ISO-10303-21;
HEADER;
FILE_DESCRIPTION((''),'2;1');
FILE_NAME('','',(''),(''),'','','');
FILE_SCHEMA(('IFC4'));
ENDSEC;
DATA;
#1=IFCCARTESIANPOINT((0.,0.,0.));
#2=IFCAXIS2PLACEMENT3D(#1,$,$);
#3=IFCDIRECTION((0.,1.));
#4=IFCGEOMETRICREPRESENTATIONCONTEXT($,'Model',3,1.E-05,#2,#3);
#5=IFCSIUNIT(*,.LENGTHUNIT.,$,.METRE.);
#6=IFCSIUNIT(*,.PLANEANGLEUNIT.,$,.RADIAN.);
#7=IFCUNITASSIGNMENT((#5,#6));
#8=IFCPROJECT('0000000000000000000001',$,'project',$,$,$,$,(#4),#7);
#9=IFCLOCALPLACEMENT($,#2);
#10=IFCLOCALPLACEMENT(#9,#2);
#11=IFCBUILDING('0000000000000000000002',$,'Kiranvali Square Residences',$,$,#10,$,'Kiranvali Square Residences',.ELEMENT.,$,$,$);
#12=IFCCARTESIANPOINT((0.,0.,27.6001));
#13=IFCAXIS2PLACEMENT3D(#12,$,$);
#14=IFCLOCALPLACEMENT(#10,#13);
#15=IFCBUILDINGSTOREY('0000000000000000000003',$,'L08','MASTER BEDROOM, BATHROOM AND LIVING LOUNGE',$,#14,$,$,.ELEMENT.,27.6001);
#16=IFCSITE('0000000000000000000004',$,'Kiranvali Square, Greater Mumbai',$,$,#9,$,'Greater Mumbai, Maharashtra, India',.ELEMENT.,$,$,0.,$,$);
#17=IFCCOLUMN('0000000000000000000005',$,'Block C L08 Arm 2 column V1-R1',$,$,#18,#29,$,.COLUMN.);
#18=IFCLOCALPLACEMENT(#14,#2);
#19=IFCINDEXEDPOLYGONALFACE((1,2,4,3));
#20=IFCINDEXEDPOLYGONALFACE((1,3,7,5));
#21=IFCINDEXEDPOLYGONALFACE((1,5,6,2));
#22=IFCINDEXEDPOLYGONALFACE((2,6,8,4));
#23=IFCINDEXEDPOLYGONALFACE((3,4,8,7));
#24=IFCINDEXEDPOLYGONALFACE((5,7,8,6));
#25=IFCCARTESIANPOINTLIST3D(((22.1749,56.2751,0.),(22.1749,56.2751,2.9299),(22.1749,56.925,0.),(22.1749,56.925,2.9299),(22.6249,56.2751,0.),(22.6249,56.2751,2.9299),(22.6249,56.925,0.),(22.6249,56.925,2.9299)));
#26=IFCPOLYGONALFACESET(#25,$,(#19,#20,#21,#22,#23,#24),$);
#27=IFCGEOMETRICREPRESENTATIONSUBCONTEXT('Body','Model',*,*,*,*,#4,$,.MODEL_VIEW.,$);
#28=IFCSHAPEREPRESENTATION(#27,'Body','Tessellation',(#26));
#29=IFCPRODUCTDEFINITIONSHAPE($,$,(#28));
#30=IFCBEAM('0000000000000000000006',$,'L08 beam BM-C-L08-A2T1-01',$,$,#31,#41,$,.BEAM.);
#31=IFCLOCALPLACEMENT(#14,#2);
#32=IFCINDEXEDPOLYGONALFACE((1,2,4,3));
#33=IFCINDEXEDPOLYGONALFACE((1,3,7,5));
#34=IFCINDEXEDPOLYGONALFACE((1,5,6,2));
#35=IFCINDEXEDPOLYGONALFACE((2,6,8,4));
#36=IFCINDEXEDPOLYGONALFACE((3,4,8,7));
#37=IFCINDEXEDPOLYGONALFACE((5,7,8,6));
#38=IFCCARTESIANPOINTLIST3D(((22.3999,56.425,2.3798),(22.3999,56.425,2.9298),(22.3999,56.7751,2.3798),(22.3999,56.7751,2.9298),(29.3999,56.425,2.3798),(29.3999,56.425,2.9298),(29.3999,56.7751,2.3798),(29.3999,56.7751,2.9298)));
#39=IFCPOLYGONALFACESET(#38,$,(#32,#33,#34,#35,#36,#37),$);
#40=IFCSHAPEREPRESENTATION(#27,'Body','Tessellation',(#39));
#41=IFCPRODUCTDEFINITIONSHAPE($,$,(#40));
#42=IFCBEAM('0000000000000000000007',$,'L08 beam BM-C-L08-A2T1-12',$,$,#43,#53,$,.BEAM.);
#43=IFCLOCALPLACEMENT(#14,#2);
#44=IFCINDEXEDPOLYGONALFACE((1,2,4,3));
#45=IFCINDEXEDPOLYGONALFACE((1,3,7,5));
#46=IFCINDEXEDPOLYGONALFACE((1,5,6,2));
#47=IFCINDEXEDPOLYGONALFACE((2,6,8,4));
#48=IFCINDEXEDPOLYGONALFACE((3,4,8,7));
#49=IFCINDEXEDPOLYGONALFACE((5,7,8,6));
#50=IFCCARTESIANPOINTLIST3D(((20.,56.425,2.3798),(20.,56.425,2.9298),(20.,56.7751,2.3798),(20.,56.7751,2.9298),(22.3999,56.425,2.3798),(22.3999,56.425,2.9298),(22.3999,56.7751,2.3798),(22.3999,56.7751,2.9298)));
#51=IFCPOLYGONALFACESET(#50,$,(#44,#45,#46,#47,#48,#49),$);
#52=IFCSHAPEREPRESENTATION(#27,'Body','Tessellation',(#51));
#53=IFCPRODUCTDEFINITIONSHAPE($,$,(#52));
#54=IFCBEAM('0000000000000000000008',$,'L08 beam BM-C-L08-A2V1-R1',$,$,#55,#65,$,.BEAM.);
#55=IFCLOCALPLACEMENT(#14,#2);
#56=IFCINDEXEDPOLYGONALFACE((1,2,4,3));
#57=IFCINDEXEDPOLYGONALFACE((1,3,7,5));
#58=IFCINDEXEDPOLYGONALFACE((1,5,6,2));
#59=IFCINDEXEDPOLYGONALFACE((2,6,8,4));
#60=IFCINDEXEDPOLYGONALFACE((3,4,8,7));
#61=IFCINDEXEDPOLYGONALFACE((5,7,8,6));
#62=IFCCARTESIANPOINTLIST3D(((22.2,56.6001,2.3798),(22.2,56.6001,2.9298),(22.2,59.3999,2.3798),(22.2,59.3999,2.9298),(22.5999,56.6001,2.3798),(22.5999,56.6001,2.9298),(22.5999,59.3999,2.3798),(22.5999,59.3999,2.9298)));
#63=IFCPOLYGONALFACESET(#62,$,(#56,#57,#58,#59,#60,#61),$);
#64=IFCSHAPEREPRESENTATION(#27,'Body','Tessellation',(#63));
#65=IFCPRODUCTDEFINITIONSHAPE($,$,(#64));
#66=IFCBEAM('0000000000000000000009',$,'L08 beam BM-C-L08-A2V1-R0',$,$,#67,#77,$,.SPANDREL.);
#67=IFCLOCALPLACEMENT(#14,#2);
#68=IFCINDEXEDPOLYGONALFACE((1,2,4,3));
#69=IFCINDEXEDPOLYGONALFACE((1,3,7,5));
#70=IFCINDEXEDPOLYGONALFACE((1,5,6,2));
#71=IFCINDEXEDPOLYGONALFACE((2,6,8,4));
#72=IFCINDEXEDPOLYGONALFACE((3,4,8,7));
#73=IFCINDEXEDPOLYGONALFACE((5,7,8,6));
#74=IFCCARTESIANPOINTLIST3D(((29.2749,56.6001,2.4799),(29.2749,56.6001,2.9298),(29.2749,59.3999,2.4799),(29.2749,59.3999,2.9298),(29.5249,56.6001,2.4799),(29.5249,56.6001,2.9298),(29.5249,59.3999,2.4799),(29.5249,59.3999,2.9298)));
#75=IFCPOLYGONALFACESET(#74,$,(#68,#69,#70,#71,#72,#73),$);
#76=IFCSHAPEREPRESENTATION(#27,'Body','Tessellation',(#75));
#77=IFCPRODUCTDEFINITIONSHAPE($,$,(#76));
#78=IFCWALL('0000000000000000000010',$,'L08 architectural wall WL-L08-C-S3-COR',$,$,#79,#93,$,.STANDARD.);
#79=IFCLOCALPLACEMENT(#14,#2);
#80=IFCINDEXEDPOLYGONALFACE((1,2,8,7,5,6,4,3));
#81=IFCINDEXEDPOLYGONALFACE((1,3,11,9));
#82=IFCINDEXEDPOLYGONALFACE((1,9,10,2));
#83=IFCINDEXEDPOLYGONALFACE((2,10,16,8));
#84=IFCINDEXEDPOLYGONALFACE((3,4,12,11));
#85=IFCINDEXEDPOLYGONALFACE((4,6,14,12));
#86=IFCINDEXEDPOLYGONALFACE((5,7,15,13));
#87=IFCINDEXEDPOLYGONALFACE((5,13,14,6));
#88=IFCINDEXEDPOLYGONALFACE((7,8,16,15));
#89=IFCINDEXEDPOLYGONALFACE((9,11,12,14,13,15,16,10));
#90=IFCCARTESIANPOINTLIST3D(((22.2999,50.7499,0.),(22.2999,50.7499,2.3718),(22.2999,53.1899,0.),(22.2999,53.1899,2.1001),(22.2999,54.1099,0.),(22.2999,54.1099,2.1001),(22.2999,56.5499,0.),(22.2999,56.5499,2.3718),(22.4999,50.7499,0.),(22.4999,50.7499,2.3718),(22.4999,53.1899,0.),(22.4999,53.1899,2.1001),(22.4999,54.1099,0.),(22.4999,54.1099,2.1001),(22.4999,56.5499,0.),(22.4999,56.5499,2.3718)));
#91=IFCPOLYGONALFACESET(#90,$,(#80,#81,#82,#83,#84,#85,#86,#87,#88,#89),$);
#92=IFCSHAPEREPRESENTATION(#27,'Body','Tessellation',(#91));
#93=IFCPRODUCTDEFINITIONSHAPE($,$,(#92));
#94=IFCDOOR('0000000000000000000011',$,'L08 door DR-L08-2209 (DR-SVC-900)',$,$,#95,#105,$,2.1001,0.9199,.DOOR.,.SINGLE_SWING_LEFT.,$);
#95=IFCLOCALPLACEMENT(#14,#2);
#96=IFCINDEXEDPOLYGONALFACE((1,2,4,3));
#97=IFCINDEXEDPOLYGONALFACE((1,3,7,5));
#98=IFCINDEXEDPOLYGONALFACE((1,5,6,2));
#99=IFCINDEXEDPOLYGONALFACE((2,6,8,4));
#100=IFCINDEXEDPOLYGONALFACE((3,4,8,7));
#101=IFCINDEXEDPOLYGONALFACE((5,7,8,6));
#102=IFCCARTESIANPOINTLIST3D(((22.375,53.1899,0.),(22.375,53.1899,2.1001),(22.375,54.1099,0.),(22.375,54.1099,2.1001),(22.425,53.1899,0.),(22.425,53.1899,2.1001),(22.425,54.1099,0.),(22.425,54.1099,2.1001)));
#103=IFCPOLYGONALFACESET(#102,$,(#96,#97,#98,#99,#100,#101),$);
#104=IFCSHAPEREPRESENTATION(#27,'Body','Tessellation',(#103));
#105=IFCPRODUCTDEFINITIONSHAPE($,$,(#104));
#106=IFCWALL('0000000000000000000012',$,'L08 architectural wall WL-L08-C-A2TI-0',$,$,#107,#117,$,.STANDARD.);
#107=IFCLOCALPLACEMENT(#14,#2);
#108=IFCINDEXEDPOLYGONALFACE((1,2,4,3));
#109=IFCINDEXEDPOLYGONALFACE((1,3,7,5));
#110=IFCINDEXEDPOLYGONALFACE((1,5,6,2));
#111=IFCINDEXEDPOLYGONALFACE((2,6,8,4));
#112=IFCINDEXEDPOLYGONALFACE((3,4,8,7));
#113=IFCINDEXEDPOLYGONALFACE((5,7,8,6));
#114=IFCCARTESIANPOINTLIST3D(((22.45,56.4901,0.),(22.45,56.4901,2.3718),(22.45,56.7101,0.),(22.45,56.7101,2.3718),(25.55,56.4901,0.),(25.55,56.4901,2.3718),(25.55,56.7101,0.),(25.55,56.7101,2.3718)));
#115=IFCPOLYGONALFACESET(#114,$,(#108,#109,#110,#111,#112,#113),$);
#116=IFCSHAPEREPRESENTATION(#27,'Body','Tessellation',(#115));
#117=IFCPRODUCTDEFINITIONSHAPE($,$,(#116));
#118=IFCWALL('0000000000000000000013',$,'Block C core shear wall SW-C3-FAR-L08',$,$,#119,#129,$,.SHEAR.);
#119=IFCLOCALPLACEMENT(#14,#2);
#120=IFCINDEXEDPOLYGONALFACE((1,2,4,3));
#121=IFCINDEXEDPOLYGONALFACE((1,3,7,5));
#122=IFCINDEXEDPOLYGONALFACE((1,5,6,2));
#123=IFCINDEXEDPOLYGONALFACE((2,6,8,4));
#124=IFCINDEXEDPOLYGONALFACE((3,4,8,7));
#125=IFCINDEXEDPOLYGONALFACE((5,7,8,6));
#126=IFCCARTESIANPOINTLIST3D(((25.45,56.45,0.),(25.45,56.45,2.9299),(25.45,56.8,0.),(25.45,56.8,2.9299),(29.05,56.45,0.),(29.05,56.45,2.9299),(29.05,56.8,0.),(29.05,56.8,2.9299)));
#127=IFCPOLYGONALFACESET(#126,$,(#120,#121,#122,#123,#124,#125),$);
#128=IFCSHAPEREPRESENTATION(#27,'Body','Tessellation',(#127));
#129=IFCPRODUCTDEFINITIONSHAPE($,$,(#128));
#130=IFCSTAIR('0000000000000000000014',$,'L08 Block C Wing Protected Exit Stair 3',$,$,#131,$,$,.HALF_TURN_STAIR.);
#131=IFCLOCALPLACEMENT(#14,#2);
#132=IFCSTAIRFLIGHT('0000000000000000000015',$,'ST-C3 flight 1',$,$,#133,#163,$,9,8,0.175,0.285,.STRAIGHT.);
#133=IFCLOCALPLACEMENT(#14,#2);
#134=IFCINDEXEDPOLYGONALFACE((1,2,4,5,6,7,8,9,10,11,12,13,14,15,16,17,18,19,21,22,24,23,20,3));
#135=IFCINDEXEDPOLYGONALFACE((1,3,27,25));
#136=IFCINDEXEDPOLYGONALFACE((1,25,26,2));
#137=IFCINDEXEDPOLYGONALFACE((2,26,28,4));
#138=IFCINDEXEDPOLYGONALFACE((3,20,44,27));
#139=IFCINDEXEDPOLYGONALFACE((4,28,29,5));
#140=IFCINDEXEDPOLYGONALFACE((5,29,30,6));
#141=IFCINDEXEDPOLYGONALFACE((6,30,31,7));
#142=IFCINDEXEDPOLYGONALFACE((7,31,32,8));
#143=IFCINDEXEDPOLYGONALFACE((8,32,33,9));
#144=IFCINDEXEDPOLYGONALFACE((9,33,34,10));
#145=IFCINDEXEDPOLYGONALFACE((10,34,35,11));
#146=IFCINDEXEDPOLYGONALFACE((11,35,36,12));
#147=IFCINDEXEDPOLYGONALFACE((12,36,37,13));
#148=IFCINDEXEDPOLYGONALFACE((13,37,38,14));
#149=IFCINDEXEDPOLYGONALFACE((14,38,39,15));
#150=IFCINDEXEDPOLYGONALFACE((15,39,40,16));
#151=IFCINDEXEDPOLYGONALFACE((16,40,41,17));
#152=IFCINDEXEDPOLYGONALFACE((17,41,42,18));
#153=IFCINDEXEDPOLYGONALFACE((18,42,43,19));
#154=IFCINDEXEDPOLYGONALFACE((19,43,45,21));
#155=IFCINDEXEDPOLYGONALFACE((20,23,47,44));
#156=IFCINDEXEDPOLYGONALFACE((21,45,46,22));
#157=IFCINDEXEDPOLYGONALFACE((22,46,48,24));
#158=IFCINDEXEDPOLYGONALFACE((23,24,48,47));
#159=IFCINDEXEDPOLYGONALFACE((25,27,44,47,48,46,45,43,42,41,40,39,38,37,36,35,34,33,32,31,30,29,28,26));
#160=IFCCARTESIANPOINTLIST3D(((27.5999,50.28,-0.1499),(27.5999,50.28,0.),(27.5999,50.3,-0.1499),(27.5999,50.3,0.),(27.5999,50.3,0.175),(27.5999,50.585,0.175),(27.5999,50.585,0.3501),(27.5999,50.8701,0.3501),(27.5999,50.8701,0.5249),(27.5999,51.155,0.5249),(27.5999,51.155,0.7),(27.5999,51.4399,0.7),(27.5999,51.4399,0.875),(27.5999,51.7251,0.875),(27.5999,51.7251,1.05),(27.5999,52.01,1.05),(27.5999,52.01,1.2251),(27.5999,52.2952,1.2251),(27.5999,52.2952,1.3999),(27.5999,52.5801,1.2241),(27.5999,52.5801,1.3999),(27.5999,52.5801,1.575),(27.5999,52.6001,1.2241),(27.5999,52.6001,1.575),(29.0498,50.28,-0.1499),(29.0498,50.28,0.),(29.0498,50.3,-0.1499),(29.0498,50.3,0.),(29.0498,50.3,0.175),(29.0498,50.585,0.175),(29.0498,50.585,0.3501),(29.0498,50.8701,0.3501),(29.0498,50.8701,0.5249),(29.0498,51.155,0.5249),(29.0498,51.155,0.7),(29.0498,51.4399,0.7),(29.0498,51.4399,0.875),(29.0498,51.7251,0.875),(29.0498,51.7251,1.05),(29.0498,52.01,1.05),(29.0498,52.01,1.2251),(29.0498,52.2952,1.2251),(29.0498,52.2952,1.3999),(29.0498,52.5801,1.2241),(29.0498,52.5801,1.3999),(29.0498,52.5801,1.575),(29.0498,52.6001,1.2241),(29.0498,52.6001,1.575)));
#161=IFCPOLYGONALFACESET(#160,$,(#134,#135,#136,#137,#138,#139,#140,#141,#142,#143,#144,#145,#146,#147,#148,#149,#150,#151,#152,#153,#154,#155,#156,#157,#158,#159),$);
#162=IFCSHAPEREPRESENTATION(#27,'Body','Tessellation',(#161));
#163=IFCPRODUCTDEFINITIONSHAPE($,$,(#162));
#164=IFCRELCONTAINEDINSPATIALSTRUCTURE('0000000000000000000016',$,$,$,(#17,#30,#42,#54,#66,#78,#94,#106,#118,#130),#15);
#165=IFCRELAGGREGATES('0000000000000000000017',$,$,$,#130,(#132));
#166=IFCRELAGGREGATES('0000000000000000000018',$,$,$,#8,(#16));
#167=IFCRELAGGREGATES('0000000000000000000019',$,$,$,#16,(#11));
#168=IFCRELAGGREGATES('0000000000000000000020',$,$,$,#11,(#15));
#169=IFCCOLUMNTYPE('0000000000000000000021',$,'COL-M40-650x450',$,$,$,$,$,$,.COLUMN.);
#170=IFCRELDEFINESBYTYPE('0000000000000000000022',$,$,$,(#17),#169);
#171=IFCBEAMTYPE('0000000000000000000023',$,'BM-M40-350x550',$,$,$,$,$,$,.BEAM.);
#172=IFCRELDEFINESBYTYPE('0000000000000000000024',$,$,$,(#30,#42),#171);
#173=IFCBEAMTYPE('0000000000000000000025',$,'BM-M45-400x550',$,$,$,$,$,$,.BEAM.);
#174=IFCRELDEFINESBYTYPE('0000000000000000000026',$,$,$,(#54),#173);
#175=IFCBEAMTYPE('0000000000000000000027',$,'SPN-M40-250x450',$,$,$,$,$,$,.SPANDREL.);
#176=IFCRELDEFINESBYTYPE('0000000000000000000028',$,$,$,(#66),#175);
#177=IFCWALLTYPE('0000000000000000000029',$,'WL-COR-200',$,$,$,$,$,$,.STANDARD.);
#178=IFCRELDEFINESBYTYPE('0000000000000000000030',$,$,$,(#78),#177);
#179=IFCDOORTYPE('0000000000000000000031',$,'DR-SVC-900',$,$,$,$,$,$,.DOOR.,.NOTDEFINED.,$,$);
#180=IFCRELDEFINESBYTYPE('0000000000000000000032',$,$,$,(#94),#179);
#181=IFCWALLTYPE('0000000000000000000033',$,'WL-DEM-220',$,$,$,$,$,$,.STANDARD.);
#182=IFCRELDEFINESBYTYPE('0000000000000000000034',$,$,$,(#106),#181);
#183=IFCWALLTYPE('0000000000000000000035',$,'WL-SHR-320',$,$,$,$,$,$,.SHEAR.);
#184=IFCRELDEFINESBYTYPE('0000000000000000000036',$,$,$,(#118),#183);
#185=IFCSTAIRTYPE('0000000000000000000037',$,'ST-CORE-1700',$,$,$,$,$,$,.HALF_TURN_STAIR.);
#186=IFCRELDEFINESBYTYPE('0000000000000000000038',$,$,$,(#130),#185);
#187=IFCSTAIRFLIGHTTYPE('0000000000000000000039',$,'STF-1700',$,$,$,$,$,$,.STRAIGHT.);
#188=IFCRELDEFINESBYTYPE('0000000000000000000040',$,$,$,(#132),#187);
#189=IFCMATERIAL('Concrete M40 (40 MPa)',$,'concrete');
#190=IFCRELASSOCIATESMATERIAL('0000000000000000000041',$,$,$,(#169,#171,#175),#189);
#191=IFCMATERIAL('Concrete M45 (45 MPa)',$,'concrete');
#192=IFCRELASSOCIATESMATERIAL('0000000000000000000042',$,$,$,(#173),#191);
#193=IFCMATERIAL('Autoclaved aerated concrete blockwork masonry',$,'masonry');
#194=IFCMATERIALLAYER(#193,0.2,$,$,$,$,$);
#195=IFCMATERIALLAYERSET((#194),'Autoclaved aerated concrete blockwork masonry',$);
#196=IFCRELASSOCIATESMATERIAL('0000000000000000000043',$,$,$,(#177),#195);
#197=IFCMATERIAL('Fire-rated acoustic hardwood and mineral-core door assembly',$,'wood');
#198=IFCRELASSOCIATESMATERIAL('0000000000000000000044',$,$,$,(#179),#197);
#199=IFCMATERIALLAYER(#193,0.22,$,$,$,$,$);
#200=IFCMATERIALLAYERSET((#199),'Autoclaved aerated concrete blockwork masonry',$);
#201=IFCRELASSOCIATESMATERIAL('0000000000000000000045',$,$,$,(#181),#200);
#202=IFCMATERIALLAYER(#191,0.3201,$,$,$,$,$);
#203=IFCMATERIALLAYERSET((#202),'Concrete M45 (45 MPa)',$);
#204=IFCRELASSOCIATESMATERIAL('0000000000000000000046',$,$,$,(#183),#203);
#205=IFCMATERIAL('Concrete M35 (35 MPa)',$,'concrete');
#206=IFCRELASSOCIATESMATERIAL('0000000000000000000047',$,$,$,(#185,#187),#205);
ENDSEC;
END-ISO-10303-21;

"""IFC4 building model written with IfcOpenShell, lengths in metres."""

from ifc_helpers import new_model, si_unit, direction, frame, frame_2d, origin, origin_2d, place, context, subcontext, project, spatial, polyline, rectangle, outline, extrude, material, layer, layer_set, material_profile, profile_set, type_object, element, fill, aggregate, save


model = new_model("IFC4")

# Units and contexts
model_context = context("Model", 3, precision=1e-05, world=origin(), true_north=direction((0.0, 1.0)))
body_context = subcontext(model_context, "Body", "Model", "MODEL_VIEW")
ifc_project = project(units=[si_unit("LENGTHUNIT", "METRE"), si_unit("PLANEANGLEUNIT", "RADIAN")], contexts=[model_context])

# Site, building, storey
site_placement = place(None, origin())
site = spatial("IfcSite", under=ifc_project, at=site_placement, Name="Kiranvali Square, Greater Mumbai", LongName="Greater Mumbai, Maharashtra, India", CompositionType="ELEMENT", RefElevation=0.0)
building_placement = place(site_placement, origin())
building = spatial("IfcBuilding", under=site, at=building_placement, Name="Kiranvali Square Residences", LongName="Kiranvali Square Residences", CompositionType="ELEMENT")
storey_placement = place(building_placement, frame((0.0, 0.0, 27.6001)))
storey = spatial("IfcBuildingStorey", under=building, at=storey_placement, Name="L08", Description="MASTER BEDROOM, BATHROOM AND LIVING LOUNGE", CompositionType="ELEMENT", Elevation=27.6001)

# Column
ifc_material_1 = material(Name="Concrete M40 (40 MPa)", Category="concrete")
ifc_material_profile_1 = material_profile(ifc_material_1, rectangle(XDim=0.45, YDim=0.6499, at=origin_2d()), Name="RC 650x450")
ifc_profile_set_1 = profile_set([ifc_material_profile_1], Name="Concrete M40 (40 MPa)")
column_type = type_object("IfcColumnType", Name="COL-M40-650x450", PredefinedType="COLUMN", material=ifc_profile_set_1)
column_placement = place(storey_placement, frame((22.3999, 56.6001, 0.0), z_axis=(0.0, 0.0, 1.0), x_axis=(1.0, 0.0, 0.0)))
element("IfcColumn", 1, at=column_placement, inside=storey, type_object=column_type, Name="Block C L08 Arm 2 column V1-R1", PredefinedType="COLUMN", context=body_context, shape_type="SweptSolid", body=[
    extrude(rectangle(XDim=0.45, YDim=0.6499, at=origin_2d()), origin(), (0.0, 0.0, 1.0), 2.9299),
])

# Beams
ifc_material_profile_2 = material_profile(ifc_material_1, rectangle(XDim=0.3501, YDim=0.55, at=origin_2d()), Name="RC 350x550")
ifc_profile_set_2 = profile_set([ifc_material_profile_2], Name="Concrete M40 (40 MPa)")
beam_type_1 = type_object("IfcBeamType", Name="BM-M40-350x550", PredefinedType="BEAM", material=ifc_profile_set_2)
beam_1_placement = place(storey_placement, frame((29.3999, 56.6001, 2.6548), z_axis=(-1.0, 0.0, 0.0), x_axis=(0.0, -1.0, 0.0)))
element("IfcBeam", 2, at=beam_1_placement, inside=storey, type_object=beam_type_1, Name="L08 beam BM-C-L08-A2T1-01", PredefinedType="BEAM", context=body_context, shape_type="SweptSolid", body=[
    extrude(rectangle(XDim=0.3501, YDim=0.55, at=origin_2d()), origin(), (0.0, 0.0, 1.0), 7.0),
])
beam_2_placement = place(storey_placement, frame((22.3999, 56.6001, 2.6548), z_axis=(-1.0, 0.0, 0.0), x_axis=(0.0, -1.0, 0.0)))
element("IfcBeam", 3, at=beam_2_placement, inside=storey, type_object=beam_type_1, Name="L08 beam BM-C-L08-A2T1-12", PredefinedType="BEAM", context=body_context, shape_type="SweptSolid", body=[
    extrude(rectangle(XDim=0.3501, YDim=0.55, at=origin_2d()), origin(), (0.0, 0.0, 1.0), 2.3999),
])
ifc_material_2 = material(Name="Concrete M45 (45 MPa)", Category="concrete")
ifc_material_profile_3 = material_profile(ifc_material_2, rectangle(XDim=0.3999, YDim=0.55, at=origin_2d()), Name="RC 400x550")
ifc_profile_set_3 = profile_set([ifc_material_profile_3], Name="Concrete M45 (45 MPa)")
beam_type_2 = type_object("IfcBeamType", Name="BM-M45-400x550", PredefinedType="BEAM", material=ifc_profile_set_3)
beam_3_placement = place(storey_placement, frame((22.3999, 56.6001, 2.6548), z_axis=(0.0, 1.0, 0.0), x_axis=(-1.0, 0.0, 0.0)))
element("IfcBeam", 4, at=beam_3_placement, inside=storey, type_object=beam_type_2, Name="L08 beam BM-C-L08-A2V1-R1", PredefinedType="BEAM", context=body_context, shape_type="SweptSolid", body=[
    extrude(rectangle(XDim=0.3999, YDim=0.55, at=origin_2d()), origin(), (0.0, 0.0, 1.0), 2.7998),
])
ifc_material_profile_4 = material_profile(ifc_material_1, rectangle(XDim=0.25, YDim=0.45, at=origin_2d()), Name="RC 250x450")
ifc_profile_set_4 = profile_set([ifc_material_profile_4], Name="Concrete M40 (40 MPa)")
beam_type_3 = type_object("IfcBeamType", Name="SPN-M40-250x450", PredefinedType="SPANDREL", material=ifc_profile_set_4)
beam_4_placement = place(storey_placement, frame((29.3999, 56.6001, 2.7048), z_axis=(0.0, 1.0, 0.0), x_axis=(-1.0, 0.0, 0.0)))
element("IfcBeam", 5, at=beam_4_placement, inside=storey, type_object=beam_type_3, Name="L08 beam BM-C-L08-A2V1-R0", PredefinedType="SPANDREL", context=body_context, shape_type="SweptSolid", body=[
    extrude(rectangle(XDim=0.25, YDim=0.45, at=origin_2d()), origin(), (0.0, 0.0, 1.0), 2.7998),
])

# Wall, opening, door
ifc_material_3 = material(Name="Autoclaved aerated concrete blockwork masonry", Category="masonry")
ifc_layer_1 = layer(ifc_material_3, 0.2)
ifc_layer_set_1 = layer_set([ifc_layer_1], Name="Autoclaved aerated concrete blockwork masonry")
wall_type_1 = type_object("IfcWallType", Name="WL-COR-200", PredefinedType="STANDARD", material=ifc_layer_set_1)
ifc_material_4 = material(Name="Fire-rated acoustic hardwood and mineral-core door assembly", Category="wood")
wall_1_placement = place(storey_placement, frame((22.3999, 50.75, 0.0), z_axis=(0.0, 0.0, 1.0), x_axis=(0.0, 1.0, 0.0)))
wall_1 = element("IfcWall", 6, at=wall_1_placement, inside=storey, type_object=wall_type_1, Name="L08 architectural wall WL-L08-C-S3-COR", PredefinedType="STANDARD", context=body_context, shape_type="SweptSolid", body=[
    extrude(rectangle(XDim=5.8, YDim=0.2, at=frame_2d((2.8999, 0.0))), origin(), (0.0, 0.0, 1.0), 2.3718),
])
opening_1_placement = place(wall_1_placement, frame((2.4399, 0.0, 0.0)))
opening_1 = element("IfcOpeningElement", 7, at=opening_1_placement, cuts=wall_1, PredefinedType="OPENING", context=body_context, shape_type="SweptSolid", body=[
    extrude(rectangle(XDim=0.9199, YDim=2.1001, at=frame_2d((0.46, 1.05))), frame((0.0, 0.1099, 0.0), z_axis=(0.0, -1.0, 0.0), x_axis=(1.0, 0.0, 0.0)), (0.0, 0.0, 1.0), 0.22),
])
door_type_1 = type_object("IfcDoorType", Name="DR-SVC-900", OperationType="NOTDEFINED", PredefinedType="DOOR", material=ifc_material_4)
door_1_placement = place(opening_1_placement, origin())
door_1 = element("IfcDoor", 8, at=door_1_placement, inside=storey, type_object=door_type_1, Name="L08 door DR-L08-2209 (DR-SVC-900)", OperationType="SINGLE_SWING_LEFT", OverallHeight=2.1001, OverallWidth=0.9199, PredefinedType="DOOR", context=body_context, shape_type="SweptSolid", body=[
    extrude(rectangle(XDim=0.9199, YDim=2.1001, at=frame_2d((0.46, 1.05))), frame((0.0, 0.0249, 0.0), z_axis=(0.0, -1.0, 0.0), x_axis=(1.0, 0.0, 0.0)), (0.0, 0.0, 1.0), 0.05),
])
fill(opening_1, door_1)

# Walls
ifc_layer_2 = layer(ifc_material_3, 0.22)
ifc_layer_set_2 = layer_set([ifc_layer_2], Name="Autoclaved aerated concrete blockwork masonry")
wall_type_2 = type_object("IfcWallType", Name="WL-DEM-220", PredefinedType="STANDARD", material=ifc_layer_set_2)
wall_2_placement = place(storey_placement, frame((25.55, 56.6001, 0.0), z_axis=(0.0, 0.0, 1.0), x_axis=(-1.0, 0.0, 0.0)))
element("IfcWall", 9, at=wall_2_placement, inside=storey, type_object=wall_type_2, Name="L08 architectural wall WL-L08-C-A2TI-0", PredefinedType="STANDARD", context=body_context, shape_type="SweptSolid", body=[
    extrude(rectangle(XDim=3.1001, YDim=0.22, at=frame_2d((1.55, 0.0))), origin(), (0.0, 0.0, 1.0), 2.3718),
])
ifc_layer_3 = layer(ifc_material_2, 0.3201)
ifc_layer_set_3 = layer_set([ifc_layer_3], Name="Concrete M45 (45 MPa)")
wall_type_3 = type_object("IfcWallType", Name="WL-SHR-320", PredefinedType="SHEAR", material=ifc_layer_set_3)
wall_3_placement = place(storey_placement, frame((29.05, 56.625, 0.0), z_axis=(0.0, 0.0, 1.0), x_axis=(-1.0, 0.0, 0.0)))
element("IfcWall", 10, at=wall_3_placement, inside=storey, type_object=wall_type_3, Name="Block C core shear wall SW-C3-FAR-L08", PredefinedType="SHEAR", context=body_context, shape_type="SweptSolid", body=[
    extrude(rectangle(XDim=3.6001, YDim=0.3501, at=frame_2d((1.8, 0.0))), origin(), (0.0, 0.0, 1.0), 2.9299),
])

# Stair, stair flight
ifc_material_5 = material(Name="Concrete M35 (35 MPa)", Category="concrete")
stair_type = type_object("IfcStairType", Name="ST-CORE-1700", PredefinedType="HALF_TURN_STAIR", material=ifc_material_5)
stair_placement = place(storey_placement, origin())
stair = element("IfcStair", 11, at=stair_placement, inside=storey, type_object=stair_type, Name="L08 Block C Wing Protected Exit Stair 3", PredefinedType="HALF_TURN_STAIR")
stair_flight_type = type_object("IfcStairFlightType", Name="STF-1700", PredefinedType="STRAIGHT", material=ifc_material_5)
stair_flight_1_placement = place(storey_placement, frame((28.325, 50.3, 0.0), z_axis=(0.0, 0.0, 1.0), x_axis=(0.0, 1.0, 0.0)))
stair_flight_1 = element("IfcStairFlight", 12, at=stair_flight_1_placement, type_object=stair_flight_type, Name="ST-C3 flight 1", NumberOfRisers=9, NumberOfTreads=8, PredefinedType="STRAIGHT", RiserHeight=0.175, TreadLength=0.285, context=body_context, shape_type="SweptSolid", body=[
    extrude(outline(polyline([(-0.02, -0.1499), (-0.02, 0.0), (0.0, 0.0), (0.0, 0.175), (0.2849, 0.175), (0.2849, 0.3501), (0.5701, 0.3501), (0.5701, 0.5249), (0.855, 0.5249), (0.855, 0.7), (1.1399, 0.7), (1.1399, 0.875), (1.425, 0.875), (1.425, 1.05), (1.71, 1.05), (1.71, 1.2251), (1.9951, 1.2251), (1.9951, 1.3999), (2.28, 1.3999), (2.28, 1.575), (2.3, 1.575), (2.3, 1.2241), (2.28, 1.2241), (0.0, -0.1499), (-0.02, -0.1499)])), frame((0.0, 0.7251, 0.0), z_axis=(0.0, -1.0, 0.0), x_axis=(1.0, 0.0, 0.0)), (0.0, 0.0, 1.0), 1.45),
])
aggregate(stair, [stair_flight_1])

save(model, "model.ifc")
